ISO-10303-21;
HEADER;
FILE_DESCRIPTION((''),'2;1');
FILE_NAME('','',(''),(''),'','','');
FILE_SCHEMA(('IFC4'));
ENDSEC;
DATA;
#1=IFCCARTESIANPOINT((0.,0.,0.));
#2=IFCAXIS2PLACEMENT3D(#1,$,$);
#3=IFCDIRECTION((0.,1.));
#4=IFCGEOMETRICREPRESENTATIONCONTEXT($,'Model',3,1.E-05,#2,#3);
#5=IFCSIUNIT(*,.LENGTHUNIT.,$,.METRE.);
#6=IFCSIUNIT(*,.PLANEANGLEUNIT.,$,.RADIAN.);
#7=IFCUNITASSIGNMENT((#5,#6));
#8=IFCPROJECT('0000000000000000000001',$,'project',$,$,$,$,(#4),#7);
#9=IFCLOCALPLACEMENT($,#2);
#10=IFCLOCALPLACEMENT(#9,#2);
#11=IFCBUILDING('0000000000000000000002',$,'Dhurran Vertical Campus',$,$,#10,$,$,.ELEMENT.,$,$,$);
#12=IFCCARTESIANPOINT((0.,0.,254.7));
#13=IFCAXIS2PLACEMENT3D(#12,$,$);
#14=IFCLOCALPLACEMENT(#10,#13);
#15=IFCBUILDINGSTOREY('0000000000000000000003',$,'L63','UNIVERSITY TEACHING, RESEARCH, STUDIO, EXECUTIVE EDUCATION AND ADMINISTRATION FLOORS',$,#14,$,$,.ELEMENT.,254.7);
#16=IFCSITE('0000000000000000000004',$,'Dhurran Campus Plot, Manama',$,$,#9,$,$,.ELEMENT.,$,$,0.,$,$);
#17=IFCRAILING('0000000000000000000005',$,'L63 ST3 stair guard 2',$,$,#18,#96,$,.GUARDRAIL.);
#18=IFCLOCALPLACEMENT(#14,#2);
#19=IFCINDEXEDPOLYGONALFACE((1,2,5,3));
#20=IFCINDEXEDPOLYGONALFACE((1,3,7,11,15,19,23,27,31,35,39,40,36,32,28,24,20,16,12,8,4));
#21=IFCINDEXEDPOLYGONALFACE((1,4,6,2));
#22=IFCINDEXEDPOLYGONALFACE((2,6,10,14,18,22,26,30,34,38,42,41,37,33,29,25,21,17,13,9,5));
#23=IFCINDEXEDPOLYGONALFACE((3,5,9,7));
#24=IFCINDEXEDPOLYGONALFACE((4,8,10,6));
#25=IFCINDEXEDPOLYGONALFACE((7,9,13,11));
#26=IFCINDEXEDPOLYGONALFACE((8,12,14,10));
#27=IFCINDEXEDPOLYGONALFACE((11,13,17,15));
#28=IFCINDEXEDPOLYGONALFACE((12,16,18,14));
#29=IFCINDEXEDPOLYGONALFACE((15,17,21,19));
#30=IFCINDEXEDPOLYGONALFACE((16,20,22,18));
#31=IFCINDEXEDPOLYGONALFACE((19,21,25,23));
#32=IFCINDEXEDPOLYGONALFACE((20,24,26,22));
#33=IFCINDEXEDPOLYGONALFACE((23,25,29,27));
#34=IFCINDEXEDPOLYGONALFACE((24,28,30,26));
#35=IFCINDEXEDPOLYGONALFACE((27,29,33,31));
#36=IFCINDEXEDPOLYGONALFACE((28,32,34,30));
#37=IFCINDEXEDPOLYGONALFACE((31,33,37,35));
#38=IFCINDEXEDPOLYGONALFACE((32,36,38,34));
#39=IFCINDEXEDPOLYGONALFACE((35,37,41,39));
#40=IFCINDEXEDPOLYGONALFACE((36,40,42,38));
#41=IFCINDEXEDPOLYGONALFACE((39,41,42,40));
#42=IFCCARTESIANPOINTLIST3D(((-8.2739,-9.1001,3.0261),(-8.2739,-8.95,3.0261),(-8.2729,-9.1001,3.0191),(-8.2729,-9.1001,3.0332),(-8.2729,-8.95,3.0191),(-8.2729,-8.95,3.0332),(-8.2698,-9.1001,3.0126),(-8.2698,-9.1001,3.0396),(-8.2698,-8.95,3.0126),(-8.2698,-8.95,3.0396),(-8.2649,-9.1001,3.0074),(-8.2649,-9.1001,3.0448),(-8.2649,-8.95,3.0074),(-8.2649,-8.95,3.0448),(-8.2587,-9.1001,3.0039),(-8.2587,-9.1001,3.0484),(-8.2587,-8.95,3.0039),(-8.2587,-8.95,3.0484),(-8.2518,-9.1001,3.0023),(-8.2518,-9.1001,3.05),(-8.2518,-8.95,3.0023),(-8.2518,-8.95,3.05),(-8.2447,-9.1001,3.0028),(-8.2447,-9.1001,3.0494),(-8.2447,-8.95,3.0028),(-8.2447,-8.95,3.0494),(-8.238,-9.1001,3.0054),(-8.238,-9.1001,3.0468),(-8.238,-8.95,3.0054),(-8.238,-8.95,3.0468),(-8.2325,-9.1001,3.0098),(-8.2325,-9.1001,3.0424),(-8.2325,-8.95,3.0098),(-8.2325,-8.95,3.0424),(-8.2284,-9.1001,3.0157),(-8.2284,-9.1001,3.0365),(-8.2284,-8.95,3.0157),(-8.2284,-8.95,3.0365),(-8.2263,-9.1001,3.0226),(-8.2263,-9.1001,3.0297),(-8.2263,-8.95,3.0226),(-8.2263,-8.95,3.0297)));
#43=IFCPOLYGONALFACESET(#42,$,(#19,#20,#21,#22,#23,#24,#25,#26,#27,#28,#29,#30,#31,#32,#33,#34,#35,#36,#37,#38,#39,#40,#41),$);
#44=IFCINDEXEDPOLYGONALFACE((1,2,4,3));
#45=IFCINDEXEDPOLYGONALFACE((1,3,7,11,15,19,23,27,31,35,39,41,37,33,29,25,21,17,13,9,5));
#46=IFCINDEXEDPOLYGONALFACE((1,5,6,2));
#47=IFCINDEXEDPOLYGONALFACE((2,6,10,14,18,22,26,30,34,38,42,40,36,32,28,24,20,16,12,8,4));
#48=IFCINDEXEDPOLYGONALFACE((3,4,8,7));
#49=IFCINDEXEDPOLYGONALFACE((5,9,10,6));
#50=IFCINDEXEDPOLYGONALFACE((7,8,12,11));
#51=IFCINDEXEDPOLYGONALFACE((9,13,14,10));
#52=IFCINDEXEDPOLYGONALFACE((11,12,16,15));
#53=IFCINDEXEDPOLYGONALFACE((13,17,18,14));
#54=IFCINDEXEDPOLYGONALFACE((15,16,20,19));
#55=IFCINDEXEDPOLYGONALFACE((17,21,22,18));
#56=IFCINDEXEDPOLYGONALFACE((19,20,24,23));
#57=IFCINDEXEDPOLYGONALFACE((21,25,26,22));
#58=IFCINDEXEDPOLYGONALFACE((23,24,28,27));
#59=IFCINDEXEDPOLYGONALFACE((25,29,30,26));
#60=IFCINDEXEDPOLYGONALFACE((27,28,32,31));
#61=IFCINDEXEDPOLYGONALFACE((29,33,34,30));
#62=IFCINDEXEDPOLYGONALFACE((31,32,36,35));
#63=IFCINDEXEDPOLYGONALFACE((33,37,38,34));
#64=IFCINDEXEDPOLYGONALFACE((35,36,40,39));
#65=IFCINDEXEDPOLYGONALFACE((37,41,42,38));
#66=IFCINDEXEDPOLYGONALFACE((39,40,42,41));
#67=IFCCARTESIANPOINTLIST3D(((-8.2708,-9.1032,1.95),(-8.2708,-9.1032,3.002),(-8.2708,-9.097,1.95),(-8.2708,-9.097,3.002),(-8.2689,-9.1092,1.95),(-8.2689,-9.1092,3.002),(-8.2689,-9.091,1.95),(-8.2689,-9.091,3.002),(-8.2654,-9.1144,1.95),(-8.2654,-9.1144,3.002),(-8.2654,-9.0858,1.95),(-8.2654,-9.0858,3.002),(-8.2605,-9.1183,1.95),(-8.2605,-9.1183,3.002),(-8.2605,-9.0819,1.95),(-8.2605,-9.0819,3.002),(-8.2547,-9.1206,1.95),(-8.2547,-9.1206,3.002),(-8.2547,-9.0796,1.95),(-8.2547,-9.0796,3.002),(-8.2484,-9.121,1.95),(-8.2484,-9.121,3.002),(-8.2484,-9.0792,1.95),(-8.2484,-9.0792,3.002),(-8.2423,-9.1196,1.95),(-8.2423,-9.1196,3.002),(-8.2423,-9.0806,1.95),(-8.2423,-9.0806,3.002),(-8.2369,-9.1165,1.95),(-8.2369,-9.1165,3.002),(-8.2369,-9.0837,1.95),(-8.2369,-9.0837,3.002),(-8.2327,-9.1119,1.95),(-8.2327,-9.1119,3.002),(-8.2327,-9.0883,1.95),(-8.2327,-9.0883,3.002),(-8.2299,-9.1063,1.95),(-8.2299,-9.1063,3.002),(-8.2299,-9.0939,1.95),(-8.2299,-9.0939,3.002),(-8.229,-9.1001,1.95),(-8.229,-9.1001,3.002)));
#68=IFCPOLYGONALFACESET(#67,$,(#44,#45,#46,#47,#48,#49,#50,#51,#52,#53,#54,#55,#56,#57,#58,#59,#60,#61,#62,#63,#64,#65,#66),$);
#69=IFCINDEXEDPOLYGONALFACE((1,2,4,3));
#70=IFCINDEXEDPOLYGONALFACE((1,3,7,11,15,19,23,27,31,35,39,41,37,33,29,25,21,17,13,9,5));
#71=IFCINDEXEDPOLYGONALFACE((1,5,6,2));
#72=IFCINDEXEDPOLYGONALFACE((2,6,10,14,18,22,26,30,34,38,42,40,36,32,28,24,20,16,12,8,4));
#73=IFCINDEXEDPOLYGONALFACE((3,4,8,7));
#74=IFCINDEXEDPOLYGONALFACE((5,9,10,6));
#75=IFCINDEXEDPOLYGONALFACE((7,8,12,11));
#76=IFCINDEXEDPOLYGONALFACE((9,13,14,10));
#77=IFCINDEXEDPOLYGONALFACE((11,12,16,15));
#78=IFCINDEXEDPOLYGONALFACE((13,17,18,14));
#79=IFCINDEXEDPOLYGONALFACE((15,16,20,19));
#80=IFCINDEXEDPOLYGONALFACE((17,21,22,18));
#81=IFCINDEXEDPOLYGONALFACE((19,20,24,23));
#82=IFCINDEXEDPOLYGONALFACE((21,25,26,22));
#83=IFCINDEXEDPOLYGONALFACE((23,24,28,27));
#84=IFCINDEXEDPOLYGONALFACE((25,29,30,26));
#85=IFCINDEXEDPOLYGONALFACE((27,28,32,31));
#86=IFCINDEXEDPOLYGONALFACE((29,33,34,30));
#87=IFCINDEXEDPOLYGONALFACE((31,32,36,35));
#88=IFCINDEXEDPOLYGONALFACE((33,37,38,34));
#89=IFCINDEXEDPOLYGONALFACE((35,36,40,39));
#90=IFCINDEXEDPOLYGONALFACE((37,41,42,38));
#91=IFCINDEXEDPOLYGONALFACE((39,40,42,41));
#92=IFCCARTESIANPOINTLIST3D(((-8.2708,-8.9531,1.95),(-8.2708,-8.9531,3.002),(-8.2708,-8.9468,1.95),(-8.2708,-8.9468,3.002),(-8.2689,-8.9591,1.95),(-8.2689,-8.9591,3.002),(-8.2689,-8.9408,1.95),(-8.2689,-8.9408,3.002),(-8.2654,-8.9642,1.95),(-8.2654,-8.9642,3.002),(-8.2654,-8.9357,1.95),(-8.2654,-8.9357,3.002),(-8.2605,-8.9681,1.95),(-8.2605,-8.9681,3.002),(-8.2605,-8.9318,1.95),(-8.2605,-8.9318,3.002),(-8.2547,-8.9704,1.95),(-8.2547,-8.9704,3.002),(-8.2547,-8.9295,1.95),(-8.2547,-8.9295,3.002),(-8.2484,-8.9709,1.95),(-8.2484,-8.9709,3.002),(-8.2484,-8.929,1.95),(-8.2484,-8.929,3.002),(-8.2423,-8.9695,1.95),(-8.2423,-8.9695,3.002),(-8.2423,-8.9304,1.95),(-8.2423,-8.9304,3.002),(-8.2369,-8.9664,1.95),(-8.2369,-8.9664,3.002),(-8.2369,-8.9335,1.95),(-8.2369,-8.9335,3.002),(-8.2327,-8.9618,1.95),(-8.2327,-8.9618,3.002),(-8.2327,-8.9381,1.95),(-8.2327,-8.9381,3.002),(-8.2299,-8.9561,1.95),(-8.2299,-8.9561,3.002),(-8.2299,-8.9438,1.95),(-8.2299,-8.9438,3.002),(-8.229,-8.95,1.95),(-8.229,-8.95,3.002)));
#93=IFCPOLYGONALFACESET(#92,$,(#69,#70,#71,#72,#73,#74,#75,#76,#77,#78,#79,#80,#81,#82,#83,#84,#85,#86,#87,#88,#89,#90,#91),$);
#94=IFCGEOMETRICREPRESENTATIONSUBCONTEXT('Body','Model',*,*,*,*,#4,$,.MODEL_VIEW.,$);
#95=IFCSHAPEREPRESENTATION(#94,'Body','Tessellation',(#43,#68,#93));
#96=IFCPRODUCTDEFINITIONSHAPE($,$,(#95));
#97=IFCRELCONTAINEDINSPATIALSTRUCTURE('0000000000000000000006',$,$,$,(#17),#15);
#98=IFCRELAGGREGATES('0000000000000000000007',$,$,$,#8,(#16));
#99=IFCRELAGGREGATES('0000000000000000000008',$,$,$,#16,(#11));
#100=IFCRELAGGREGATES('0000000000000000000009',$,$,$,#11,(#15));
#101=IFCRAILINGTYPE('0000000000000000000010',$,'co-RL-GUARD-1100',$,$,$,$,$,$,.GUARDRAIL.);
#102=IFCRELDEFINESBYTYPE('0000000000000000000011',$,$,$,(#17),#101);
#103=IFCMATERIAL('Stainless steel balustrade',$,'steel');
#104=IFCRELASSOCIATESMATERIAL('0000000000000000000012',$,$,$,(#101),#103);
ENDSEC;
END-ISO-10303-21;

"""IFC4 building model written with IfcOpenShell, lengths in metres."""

from ifc_helpers import new_model, si_unit, direction, frame, origin, origin_2d, place, context, subcontext, project, spatial, circle, extrude, material, type_object, element, save


model = new_model("IFC4")

# Units and contexts
model_context = context("Model", 3, precision=1e-05, world=origin(), true_north=direction((0.0, 1.0)))
body_context = subcontext(model_context, "Body", "Model", "MODEL_VIEW")
ifc_project = project(units=[si_unit("LENGTHUNIT", "METRE"), si_unit("PLANEANGLEUNIT", "RADIAN")], contexts=[model_context])

# Site, building, storey
site_placement = place(None, origin())
site = spatial("IfcSite", under=ifc_project, at=site_placement, Name="Dhurran Campus Plot, Manama", CompositionType="ELEMENT", RefElevation=0.0)
building_placement = place(site_placement, origin())
building = spatial("IfcBuilding", under=site, at=building_placement, Name="Dhurran Vertical Campus", CompositionType="ELEMENT")
storey_placement = place(building_placement, frame((0.0, 0.0, 254.7)))
storey = spatial("IfcBuildingStorey", under=building, at=storey_placement, Name="L63", Description="UNIVERSITY TEACHING, RESEARCH, STUDIO, EXECUTIVE EDUCATION AND ADMINISTRATION FLOORS", CompositionType="ELEMENT", Elevation=254.7)

# Railing
ifc_material_1 = material(Name="Stainless steel balustrade", Category="steel")
railing_type_1 = type_object("IfcRailingType", Name="co-RL-GUARD-1100", PredefinedType="GUARDRAIL", material=ifc_material_1)
railing_1_placement = place(storey_placement, frame((-8.25, -9.1001, 1.95)))
element("IfcRailing", 1, at=railing_1_placement, inside=storey, type_object=railing_type_1, Name="L63 ST3 stair guard 2", PredefinedType="GUARDRAIL", context=body_context, shape_type="SweptSolid", body=[
    extrude(circle(Radius=0.0239, at=origin_2d()), frame((0.0, 0.0, 1.0762), z_axis=(0.0, 1.0, 0.0), x_axis=(-1.0, 0.0, 0.0)), (0.0, 0.0, 1.0), 0.1501),
    extrude(circle(Radius=0.021, at=origin_2d()), origin(), (0.0, 0.0, 1.0), 1.052),
    extrude(circle(Radius=0.021, at=origin_2d()), frame((0.0, 0.1501, 0.0)), (0.0, 0.0, 1.0), 1.052),
])

save(model, "model.ifc")
